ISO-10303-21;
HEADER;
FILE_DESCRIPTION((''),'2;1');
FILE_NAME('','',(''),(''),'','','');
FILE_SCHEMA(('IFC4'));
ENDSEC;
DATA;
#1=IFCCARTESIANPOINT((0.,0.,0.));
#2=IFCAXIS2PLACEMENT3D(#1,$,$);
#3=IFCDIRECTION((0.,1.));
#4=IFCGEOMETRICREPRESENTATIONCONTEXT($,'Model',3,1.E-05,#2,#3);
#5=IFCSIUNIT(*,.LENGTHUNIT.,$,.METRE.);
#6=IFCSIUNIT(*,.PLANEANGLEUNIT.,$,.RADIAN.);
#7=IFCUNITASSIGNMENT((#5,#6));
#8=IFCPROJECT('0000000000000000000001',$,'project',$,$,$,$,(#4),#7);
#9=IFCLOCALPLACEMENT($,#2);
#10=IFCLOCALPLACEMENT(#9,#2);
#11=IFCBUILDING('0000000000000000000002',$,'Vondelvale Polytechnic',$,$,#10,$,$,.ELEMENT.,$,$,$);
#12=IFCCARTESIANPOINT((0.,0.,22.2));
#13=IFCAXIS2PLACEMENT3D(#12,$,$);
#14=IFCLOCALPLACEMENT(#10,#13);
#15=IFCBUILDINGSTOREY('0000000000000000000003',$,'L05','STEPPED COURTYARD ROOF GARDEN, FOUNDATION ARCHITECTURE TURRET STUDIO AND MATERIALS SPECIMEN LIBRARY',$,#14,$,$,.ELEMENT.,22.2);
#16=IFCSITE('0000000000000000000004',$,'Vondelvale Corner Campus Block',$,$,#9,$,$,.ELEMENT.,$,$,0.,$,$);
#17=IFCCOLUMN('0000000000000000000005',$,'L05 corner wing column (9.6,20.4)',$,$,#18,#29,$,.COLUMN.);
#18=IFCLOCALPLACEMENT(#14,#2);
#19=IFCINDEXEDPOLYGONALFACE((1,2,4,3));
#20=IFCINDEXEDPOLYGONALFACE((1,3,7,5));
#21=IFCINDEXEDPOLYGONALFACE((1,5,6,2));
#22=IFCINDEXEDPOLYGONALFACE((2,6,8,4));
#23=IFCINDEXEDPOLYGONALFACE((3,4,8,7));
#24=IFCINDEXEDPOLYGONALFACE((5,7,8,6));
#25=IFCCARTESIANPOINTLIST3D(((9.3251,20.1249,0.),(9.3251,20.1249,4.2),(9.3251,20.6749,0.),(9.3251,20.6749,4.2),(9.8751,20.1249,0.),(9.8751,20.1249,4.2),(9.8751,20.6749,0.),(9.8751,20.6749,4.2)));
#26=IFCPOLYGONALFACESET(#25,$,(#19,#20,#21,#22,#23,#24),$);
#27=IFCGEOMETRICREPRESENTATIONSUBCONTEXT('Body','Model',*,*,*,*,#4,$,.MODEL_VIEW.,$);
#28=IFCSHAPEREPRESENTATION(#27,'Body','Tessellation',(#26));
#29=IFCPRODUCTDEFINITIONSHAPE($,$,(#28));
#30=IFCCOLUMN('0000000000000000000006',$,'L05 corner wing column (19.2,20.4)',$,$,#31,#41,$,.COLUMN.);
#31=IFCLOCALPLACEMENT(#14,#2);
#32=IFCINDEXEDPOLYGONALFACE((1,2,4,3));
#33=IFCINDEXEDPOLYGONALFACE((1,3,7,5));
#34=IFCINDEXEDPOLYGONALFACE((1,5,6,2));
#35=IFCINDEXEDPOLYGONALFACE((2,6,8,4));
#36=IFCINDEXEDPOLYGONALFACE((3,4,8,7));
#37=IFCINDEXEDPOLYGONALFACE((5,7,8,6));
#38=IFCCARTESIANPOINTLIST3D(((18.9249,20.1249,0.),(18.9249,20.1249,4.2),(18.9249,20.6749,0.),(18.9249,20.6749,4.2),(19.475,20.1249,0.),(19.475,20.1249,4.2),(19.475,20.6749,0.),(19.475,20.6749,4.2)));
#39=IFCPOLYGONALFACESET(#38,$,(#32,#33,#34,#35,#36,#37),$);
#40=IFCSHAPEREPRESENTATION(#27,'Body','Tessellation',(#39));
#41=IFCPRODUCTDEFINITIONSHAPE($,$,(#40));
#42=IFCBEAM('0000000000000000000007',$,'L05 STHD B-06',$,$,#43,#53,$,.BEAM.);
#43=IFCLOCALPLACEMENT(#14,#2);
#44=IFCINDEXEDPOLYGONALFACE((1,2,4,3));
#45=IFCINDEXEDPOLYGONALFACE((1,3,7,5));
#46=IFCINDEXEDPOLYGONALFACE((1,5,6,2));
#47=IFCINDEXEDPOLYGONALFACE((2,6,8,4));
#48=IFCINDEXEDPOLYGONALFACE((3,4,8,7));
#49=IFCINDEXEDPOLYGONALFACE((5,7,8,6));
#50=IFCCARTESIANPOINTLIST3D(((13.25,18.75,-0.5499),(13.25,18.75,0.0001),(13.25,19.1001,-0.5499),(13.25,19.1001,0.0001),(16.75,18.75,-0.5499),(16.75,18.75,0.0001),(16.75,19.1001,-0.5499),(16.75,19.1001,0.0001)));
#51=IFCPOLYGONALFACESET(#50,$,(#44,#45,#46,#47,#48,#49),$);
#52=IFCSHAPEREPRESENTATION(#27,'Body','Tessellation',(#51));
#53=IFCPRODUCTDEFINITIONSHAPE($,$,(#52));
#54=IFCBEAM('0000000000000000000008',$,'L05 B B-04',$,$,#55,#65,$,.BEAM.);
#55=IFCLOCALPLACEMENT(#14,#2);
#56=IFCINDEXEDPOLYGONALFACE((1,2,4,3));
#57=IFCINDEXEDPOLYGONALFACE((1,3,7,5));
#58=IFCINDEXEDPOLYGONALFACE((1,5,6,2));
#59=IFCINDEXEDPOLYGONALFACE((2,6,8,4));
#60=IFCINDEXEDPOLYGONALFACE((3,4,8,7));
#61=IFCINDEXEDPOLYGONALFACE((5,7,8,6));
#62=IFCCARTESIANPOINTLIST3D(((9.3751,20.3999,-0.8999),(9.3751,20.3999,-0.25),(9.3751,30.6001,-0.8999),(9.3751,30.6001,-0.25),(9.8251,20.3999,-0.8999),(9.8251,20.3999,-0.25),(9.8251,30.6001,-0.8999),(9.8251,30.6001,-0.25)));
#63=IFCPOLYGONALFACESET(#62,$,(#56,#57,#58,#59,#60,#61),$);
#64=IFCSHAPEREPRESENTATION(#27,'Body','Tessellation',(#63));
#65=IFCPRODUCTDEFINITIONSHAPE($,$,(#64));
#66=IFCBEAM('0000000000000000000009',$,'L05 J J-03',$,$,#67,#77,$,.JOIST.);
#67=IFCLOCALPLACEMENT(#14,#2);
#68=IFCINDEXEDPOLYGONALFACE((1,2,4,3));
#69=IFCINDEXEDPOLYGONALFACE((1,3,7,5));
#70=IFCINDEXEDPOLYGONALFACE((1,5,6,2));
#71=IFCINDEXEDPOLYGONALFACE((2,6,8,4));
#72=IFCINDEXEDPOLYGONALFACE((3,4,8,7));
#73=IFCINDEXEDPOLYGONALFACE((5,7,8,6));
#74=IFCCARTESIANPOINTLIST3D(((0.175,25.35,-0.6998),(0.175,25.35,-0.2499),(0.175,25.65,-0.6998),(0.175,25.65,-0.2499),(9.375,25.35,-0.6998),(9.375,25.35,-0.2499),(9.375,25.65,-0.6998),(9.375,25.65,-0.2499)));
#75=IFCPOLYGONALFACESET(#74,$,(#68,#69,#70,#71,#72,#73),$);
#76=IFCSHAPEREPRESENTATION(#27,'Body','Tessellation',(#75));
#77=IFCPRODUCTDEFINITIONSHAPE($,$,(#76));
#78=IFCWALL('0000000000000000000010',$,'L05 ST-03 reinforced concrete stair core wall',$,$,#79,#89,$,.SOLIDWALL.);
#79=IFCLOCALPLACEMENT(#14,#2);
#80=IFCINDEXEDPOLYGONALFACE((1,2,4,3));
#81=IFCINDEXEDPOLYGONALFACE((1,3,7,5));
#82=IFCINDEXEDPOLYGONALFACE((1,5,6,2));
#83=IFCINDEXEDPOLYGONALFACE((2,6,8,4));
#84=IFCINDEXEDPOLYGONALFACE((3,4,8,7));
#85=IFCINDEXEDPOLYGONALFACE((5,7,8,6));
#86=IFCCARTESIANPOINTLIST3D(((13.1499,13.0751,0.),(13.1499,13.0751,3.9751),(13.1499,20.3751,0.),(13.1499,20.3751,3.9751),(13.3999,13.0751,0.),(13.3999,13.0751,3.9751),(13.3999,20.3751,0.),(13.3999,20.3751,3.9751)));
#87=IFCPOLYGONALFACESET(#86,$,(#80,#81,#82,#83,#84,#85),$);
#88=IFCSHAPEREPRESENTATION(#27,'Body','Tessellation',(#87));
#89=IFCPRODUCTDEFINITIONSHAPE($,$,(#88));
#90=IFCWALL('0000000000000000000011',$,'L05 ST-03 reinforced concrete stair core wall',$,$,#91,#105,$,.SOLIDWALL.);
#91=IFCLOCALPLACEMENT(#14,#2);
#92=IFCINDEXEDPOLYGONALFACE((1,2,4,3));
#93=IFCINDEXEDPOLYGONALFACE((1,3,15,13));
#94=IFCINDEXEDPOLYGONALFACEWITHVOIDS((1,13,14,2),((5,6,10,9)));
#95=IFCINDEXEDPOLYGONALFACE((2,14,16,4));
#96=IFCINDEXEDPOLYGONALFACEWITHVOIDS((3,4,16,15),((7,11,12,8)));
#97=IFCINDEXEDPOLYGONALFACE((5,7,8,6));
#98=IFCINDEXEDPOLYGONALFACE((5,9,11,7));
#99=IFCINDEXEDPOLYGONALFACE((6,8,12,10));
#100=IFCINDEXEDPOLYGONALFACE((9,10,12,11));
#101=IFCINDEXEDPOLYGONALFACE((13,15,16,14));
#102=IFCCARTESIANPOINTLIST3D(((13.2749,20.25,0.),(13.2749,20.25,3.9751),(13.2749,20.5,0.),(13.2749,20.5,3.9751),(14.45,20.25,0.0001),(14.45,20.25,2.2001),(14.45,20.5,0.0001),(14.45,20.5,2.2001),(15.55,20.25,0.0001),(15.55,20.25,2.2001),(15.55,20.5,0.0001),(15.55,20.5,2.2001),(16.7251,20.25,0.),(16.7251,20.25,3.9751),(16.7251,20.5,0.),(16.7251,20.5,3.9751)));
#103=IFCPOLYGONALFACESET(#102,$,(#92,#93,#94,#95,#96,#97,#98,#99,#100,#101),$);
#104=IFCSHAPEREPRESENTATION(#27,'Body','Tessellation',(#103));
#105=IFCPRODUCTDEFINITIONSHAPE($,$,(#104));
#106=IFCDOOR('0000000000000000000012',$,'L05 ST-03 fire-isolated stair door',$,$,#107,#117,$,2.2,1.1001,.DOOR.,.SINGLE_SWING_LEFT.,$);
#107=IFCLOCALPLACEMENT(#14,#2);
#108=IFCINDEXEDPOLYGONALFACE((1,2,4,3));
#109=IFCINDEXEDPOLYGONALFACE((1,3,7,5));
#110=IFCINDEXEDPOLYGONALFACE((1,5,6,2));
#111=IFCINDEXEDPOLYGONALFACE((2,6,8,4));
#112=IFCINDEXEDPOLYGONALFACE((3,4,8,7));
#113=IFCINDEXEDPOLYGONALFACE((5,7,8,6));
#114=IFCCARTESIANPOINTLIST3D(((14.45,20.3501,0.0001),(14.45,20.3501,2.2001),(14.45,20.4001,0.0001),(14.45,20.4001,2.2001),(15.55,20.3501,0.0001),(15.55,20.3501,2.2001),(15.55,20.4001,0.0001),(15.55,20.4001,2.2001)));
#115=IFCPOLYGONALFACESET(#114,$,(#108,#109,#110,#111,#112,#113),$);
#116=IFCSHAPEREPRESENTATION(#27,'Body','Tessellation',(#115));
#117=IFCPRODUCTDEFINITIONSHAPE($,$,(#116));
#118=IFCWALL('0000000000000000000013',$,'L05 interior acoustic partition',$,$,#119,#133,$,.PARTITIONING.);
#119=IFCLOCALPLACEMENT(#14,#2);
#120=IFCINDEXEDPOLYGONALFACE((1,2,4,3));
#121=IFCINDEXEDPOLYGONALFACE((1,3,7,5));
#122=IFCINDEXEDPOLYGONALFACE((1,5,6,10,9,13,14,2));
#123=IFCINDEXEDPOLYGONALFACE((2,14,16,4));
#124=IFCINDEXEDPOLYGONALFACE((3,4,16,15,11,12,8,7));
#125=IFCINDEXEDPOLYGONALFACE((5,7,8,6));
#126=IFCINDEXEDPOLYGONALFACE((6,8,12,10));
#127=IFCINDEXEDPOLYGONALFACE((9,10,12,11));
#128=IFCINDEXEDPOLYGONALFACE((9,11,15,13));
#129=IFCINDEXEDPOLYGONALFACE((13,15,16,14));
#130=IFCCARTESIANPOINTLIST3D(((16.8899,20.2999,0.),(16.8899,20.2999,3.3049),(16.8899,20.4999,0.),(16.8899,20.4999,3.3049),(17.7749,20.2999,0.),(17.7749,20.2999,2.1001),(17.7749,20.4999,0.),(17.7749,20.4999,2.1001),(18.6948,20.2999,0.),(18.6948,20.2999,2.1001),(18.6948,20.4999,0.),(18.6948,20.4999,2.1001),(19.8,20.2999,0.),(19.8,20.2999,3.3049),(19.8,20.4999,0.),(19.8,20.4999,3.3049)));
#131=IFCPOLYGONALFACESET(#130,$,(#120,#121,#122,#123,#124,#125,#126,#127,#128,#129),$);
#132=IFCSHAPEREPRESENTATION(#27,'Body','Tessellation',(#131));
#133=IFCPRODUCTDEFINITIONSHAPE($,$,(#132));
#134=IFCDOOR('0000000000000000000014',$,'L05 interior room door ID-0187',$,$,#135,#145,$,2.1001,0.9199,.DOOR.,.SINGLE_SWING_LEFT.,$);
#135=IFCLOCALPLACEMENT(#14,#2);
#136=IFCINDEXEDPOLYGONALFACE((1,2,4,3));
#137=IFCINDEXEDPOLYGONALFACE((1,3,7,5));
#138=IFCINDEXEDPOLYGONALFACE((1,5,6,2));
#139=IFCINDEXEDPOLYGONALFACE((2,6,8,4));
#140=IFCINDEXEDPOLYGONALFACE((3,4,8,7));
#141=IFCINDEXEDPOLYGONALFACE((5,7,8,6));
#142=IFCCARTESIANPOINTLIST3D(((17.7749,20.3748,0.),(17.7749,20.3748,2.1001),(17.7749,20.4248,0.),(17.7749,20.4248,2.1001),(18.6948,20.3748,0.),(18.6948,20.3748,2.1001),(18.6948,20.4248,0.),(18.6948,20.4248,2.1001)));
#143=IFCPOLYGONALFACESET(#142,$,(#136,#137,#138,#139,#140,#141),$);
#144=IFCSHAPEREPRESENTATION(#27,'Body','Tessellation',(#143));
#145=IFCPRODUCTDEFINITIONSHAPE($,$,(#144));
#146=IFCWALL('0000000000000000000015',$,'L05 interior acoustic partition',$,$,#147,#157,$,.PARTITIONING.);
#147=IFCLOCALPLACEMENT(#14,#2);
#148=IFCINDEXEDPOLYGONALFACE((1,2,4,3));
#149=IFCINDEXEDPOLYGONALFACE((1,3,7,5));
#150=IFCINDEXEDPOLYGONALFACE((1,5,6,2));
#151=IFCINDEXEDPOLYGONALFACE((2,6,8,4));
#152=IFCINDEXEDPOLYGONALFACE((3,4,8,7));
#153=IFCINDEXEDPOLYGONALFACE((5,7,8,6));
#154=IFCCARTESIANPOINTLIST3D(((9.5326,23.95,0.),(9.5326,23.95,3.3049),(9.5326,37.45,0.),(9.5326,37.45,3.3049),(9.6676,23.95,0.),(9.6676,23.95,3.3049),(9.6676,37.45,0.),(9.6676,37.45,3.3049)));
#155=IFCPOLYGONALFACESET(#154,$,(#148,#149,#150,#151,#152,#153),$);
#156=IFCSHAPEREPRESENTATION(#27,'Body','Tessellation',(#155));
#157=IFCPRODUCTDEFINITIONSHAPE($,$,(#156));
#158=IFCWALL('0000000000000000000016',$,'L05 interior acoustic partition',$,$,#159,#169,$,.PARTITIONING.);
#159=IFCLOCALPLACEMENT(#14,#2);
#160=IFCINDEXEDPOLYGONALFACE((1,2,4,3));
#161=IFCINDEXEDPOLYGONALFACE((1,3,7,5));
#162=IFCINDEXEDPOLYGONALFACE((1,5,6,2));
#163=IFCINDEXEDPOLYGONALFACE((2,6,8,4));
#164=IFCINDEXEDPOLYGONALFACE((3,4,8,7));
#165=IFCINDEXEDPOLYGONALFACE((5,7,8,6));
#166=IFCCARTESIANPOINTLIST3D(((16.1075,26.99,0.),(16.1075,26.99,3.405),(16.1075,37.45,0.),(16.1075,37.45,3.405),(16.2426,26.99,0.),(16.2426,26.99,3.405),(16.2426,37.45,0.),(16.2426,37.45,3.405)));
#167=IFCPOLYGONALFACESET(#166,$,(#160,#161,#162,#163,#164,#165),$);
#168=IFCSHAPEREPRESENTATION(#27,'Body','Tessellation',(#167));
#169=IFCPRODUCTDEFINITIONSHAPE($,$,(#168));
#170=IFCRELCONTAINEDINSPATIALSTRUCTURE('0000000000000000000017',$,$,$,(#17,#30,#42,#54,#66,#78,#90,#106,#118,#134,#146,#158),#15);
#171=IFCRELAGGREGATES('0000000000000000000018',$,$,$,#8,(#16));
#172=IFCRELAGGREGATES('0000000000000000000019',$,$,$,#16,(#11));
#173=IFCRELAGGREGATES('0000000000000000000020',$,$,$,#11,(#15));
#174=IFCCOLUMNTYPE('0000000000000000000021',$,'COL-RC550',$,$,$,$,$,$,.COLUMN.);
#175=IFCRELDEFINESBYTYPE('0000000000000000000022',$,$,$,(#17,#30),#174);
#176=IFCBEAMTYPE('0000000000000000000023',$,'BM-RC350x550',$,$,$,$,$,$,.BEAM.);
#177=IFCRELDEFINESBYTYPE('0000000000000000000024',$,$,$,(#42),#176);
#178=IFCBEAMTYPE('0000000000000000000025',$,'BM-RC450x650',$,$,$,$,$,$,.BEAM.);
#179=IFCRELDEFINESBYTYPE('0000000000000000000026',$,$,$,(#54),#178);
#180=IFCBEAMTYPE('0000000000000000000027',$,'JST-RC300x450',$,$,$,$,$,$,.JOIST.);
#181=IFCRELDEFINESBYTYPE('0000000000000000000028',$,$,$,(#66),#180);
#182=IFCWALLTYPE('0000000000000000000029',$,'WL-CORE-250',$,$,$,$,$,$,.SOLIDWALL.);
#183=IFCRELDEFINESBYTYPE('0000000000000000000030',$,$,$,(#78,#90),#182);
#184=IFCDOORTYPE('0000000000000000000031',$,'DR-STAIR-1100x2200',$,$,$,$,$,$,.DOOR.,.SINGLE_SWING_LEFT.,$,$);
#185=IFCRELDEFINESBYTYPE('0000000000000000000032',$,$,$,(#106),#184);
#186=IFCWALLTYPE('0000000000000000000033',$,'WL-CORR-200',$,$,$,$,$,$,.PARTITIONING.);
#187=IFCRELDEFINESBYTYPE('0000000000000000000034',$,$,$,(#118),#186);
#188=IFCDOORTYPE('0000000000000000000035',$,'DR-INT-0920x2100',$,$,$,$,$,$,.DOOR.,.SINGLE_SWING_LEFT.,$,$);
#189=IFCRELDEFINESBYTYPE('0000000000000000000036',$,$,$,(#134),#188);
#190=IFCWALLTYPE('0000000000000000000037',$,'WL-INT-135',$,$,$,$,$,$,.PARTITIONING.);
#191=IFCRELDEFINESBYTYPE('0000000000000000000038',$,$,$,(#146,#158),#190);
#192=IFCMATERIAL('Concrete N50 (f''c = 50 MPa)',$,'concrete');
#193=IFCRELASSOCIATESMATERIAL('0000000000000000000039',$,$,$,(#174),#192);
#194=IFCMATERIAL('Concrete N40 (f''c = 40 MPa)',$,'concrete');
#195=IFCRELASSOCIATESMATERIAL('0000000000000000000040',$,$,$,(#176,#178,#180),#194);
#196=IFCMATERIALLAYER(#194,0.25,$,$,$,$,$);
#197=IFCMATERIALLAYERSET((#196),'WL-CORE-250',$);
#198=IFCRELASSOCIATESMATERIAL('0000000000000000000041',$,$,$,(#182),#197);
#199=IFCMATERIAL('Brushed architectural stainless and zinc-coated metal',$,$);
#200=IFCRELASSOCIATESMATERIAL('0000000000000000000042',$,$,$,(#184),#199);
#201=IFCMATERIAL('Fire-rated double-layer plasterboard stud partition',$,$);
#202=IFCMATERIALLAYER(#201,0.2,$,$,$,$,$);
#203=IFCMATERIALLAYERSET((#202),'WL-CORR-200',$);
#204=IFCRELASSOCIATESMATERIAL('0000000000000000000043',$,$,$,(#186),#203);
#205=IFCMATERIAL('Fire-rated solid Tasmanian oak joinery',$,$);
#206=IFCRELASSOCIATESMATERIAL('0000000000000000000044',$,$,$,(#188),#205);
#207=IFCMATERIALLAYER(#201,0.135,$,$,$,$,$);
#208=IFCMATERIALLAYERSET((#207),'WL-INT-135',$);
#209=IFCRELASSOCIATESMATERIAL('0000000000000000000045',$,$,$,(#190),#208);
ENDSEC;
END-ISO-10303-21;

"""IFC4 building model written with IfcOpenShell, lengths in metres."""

from ifc_helpers import new_model, si_unit, direction, frame, frame_2d, origin, origin_2d, place, context, subcontext, project, spatial, rectangle, extrude, material, layer, layer_set, material_profile, profile_set, type_object, element, fill, save


model = new_model("IFC4")

# Units and contexts
model_context = context("Model", 3, precision=1e-05, world=origin(), true_north=direction((0.0, 1.0)))
body_context = subcontext(model_context, "Body", "Model", "MODEL_VIEW")
ifc_project = project(units=[si_unit("LENGTHUNIT", "METRE"), si_unit("PLANEANGLEUNIT", "RADIAN")], contexts=[model_context])

# Site, building, storey
site_placement = place(None, origin())
site = spatial("IfcSite", under=ifc_project, at=site_placement, Name="Vondelvale Corner Campus Block", CompositionType="ELEMENT", RefElevation=0.0)
building_placement = place(site_placement, origin())
building = spatial("IfcBuilding", under=site, at=building_placement, Name="Vondelvale Polytechnic", CompositionType="ELEMENT")
storey_placement = place(building_placement, frame((0.0, 0.0, 22.2)))
storey = spatial("IfcBuildingStorey", under=building, at=storey_placement, Name="L05", Description="STEPPED COURTYARD ROOF GARDEN, FOUNDATION ARCHITECTURE TURRET STUDIO AND MATERIALS SPECIMEN LIBRARY", CompositionType="ELEMENT", Elevation=22.2)

# Columns
ifc_material_1 = material(Name="Concrete N50 (f'c = 50 MPa)", Category="concrete")
ifc_material_profile_1 = material_profile(ifc_material_1, rectangle(XDim=0.55, YDim=0.55, at=origin_2d()), Name="RC-COL-550x550")
ifc_profile_set_1 = profile_set([ifc_material_profile_1], Name="Concrete N50 (f'c = 50 MPa)")
column_type = type_object("IfcColumnType", Name="COL-RC550", PredefinedType="COLUMN", material=ifc_profile_set_1)
for number, where, z_axis, x_axis, name in (
    (1, (9.6001, 20.3999, 0.0), (0.0, 0.0, 1.0), (1.0, 0.0, 0.0), "L05 corner wing column (9.6,20.4)"),
    (2, (19.2, 20.3999, 0.0), (0.0, 0.0, 1.0), (1.0, 0.0, 0.0), "L05 corner wing column (19.2,20.4)"),
):
    element("IfcColumn", number, at=place(storey_placement, frame(where, z_axis=z_axis, x_axis=x_axis)), inside=storey, type_object=column_type, Name=name, PredefinedType="COLUMN", context=body_context, shape_type="SweptSolid", body=[
        extrude(rectangle(XDim=0.55, YDim=0.55, at=origin_2d()), origin(), (0.0, 0.0, 1.0), 4.2),
    ])

# Beams
ifc_material_2 = material(Name="Concrete N40 (f'c = 40 MPa)", Category="concrete")
ifc_material_profile_2 = material_profile(ifc_material_2, rectangle(XDim=0.3501, YDim=0.55, at=origin_2d()), Name="RC-BM-350x550")
ifc_profile_set_2 = profile_set([ifc_material_profile_2], Name="Concrete N40 (f'c = 40 MPa)")
beam_type_1 = type_object("IfcBeamType", Name="BM-RC350x550", PredefinedType="BEAM", material=ifc_profile_set_2)
beam_1_placement = place(storey_placement, frame((13.25, 18.925, -0.2749), z_axis=(1.0, 0.0, 0.0), x_axis=(0.0, 1.0, 0.0)))
element("IfcBeam", 3, at=beam_1_placement, inside=storey, type_object=beam_type_1, Name="L05 STHD B-06", PredefinedType="BEAM", context=body_context, shape_type="SweptSolid", body=[
    extrude(rectangle(XDim=0.3501, YDim=0.55, at=origin_2d()), origin(), (0.0, 0.0, 1.0), 3.5),
])
ifc_material_profile_3 = material_profile(ifc_material_2, rectangle(XDim=0.45, YDim=0.6499, at=origin_2d()), Name="RC-BM-450x650")
ifc_profile_set_3 = profile_set([ifc_material_profile_3], Name="Concrete N40 (f'c = 40 MPa)")
beam_type_2 = type_object("IfcBeamType", Name="BM-RC450x650", PredefinedType="BEAM", material=ifc_profile_set_3)
beam_2_placement = place(storey_placement, frame((9.6001, 20.3999, -0.575), z_axis=(0.0, 1.0, 0.0), x_axis=(-1.0, 0.0, 0.0)))
element("IfcBeam", 4, at=beam_2_placement, inside=storey, type_object=beam_type_2, Name="L05 B B-04", PredefinedType="BEAM", context=body_context, shape_type="SweptSolid", body=[
    extrude(rectangle(XDim=0.45, YDim=0.6499, at=origin_2d()), origin(), (0.0, 0.0, 1.0), 10.2002),
])
ifc_material_profile_4 = material_profile(ifc_material_2, rectangle(XDim=0.3, YDim=0.45, at=origin_2d()), Name="RC-JST-300x450")
ifc_profile_set_4 = profile_set([ifc_material_profile_4], Name="Concrete N40 (f'c = 40 MPa)")
beam_type_3 = type_object("IfcBeamType", Name="JST-RC300x450", PredefinedType="JOIST", material=ifc_profile_set_4)
beam_3_placement = place(storey_placement, frame((0.175, 25.5, -0.4749), z_axis=(1.0, 0.0, 0.0), x_axis=(0.0, 1.0, 0.0)))
element("IfcBeam", 5, at=beam_3_placement, inside=storey, type_object=beam_type_3, Name="L05 J J-03", PredefinedType="JOIST", context=body_context, shape_type="SweptSolid", body=[
    extrude(rectangle(XDim=0.3, YDim=0.45, at=origin_2d()), origin(), (0.0, 0.0, 1.0), 9.2),
])

# Wall
ifc_layer_1 = layer(ifc_material_2, 0.25)
ifc_layer_set_1 = layer_set([ifc_layer_1], Name="WL-CORE-250")
wall_type_1 = type_object("IfcWallType", Name="WL-CORE-250", PredefinedType="SOLIDWALL", material=ifc_layer_set_1)
wall_1_placement = place(storey_placement, frame((13.2749, 20.375, 0.0), z_axis=(0.0, 0.0, 1.0), x_axis=(0.0, -1.0, 0.0)))
element("IfcWall", 6, at=wall_1_placement, inside=storey, type_object=wall_type_1, Name="L05 ST-03 reinforced concrete stair core wall", PredefinedType="SOLIDWALL", context=body_context, shape_type="SweptSolid", body=[
    extrude(rectangle(XDim=7.3, YDim=0.25, at=frame_2d((3.6499, 0.0))), origin(), (0.0, 0.0, 1.0), 3.9751),
])

# Walls, openings, doors
wall_2_placement = place(storey_placement, frame((16.7251, 20.375, 0.0), z_axis=(0.0, 0.0, 1.0), x_axis=(-1.0, 0.0, 0.0)))
wall_2 = element("IfcWall", 7, at=wall_2_placement, inside=storey, type_object=wall_type_1, Name="L05 ST-03 reinforced concrete stair core wall", PredefinedType="SOLIDWALL", context=body_context, shape_type="SweptSolid", body=[
    extrude(rectangle(XDim=3.4502, YDim=0.25, at=frame_2d((1.7251, 0.0))), origin(), (0.0, 0.0, 1.0), 3.9751),
])
opening_1_placement = place(wall_2_placement, frame((1.175, 0.0, 0.0)))
opening_1 = element("IfcOpeningElement", 8, at=opening_1_placement, cuts=wall_2, PredefinedType="OPENING", context=body_context, shape_type="SweptSolid", body=[
    extrude(rectangle(XDim=1.1001, YDim=2.2, at=frame_2d((0.55, 1.1001))), frame((0.0, 0.135, 0.0), z_axis=(0.0, -1.0, 0.0), x_axis=(1.0, 0.0, 0.0)), (0.0, 0.0, 1.0), 0.27),
])
ifc_material_3 = material(Name="Brushed architectural stainless and zinc-coated metal")
door_type_1 = type_object("IfcDoorType", Name="DR-STAIR-1100x2200", OperationType="SINGLE_SWING_LEFT", PredefinedType="DOOR", material=ifc_material_3)
door_1_placement = place(opening_1_placement, origin())
door_1 = element("IfcDoor", 9, at=door_1_placement, inside=storey, type_object=door_type_1, Name="L05 ST-03 fire-isolated stair door", OperationType="SINGLE_SWING_LEFT", OverallHeight=2.2, OverallWidth=1.1001, PredefinedType="DOOR", context=body_context, shape_type="SweptSolid", body=[
    extrude(rectangle(XDim=1.1001, YDim=2.2, at=frame_2d((0.55, 1.1001))), frame((0.0, 0.0249, 0.0), z_axis=(0.0, -1.0, 0.0), x_axis=(1.0, 0.0, 0.0)), (0.0, 0.0, 1.0), 0.05),
])
fill(opening_1, door_1)
ifc_material_4 = material(Name="Fire-rated double-layer plasterboard stud partition")
ifc_layer_2 = layer(ifc_material_4, 0.2)
ifc_layer_set_2 = layer_set([ifc_layer_2], Name="WL-CORR-200")
wall_type_2 = type_object("IfcWallType", Name="WL-CORR-200", PredefinedType="PARTITIONING", material=ifc_layer_set_2)
wall_3_placement = place(storey_placement, frame((16.8899, 20.3999, 0.0), z_axis=(0.0, 0.0, 1.0), x_axis=(1.0, 0.0, 0.0)))
wall_3 = element("IfcWall", 10, at=wall_3_placement, inside=storey, type_object=wall_type_2, Name="L05 interior acoustic partition", PredefinedType="PARTITIONING", context=body_context, shape_type="SweptSolid", body=[
    extrude(rectangle(XDim=2.9102, YDim=0.2, at=frame_2d((1.4551, 0.0))), origin(), (0.0, 0.0, 1.0), 3.3049),
])
opening_2_placement = place(wall_3_placement, frame((0.885, 0.0, 0.0)))
opening_2 = element("IfcOpeningElement", 11, at=opening_2_placement, cuts=wall_3, PredefinedType="OPENING", context=body_context, shape_type="SweptSolid", body=[
    extrude(rectangle(XDim=0.9199, YDim=2.1001, at=frame_2d((0.46, 1.05))), frame((0.0, 0.1099, 0.0), z_axis=(0.0, -1.0, 0.0), x_axis=(1.0, 0.0, 0.0)), (0.0, 0.0, 1.0), 0.22),
])
ifc_material_5 = material(Name="Fire-rated solid Tasmanian oak joinery")
door_type_2 = type_object("IfcDoorType", Name="DR-INT-0920x2100", OperationType="SINGLE_SWING_LEFT", PredefinedType="DOOR", material=ifc_material_5)
door_2_placement = place(opening_2_placement, origin())
door_2 = element("IfcDoor", 12, at=door_2_placement, inside=storey, type_object=door_type_2, Name="L05 interior room door ID-0187", OperationType="SINGLE_SWING_LEFT", OverallHeight=2.1001, OverallWidth=0.9199, PredefinedType="DOOR", context=body_context, shape_type="SweptSolid", body=[
    extrude(rectangle(XDim=0.9199, YDim=2.1001, at=frame_2d((0.46, 1.05))), frame((0.0, 0.0249, 0.0), z_axis=(0.0, -1.0, 0.0), x_axis=(1.0, 0.0, 0.0)), (0.0, 0.0, 1.0), 0.05),
])
fill(opening_2, door_2)

# Walls
ifc_layer_3 = layer(ifc_material_4, 0.135)
ifc_layer_set_3 = layer_set([ifc_layer_3], Name="WL-INT-135")
wall_type_3 = type_object("IfcWallType", Name="WL-INT-135", PredefinedType="PARTITIONING", material=ifc_layer_set_3)
wall_4_placement = place(storey_placement, frame((9.6001, 23.95, 0.0), z_axis=(0.0, 0.0, 1.0), x_axis=(0.0, 1.0, 0.0)))
element("IfcWall", 13, at=wall_4_placement, inside=storey, type_object=wall_type_3, Name="L05 interior acoustic partition", PredefinedType="PARTITIONING", context=body_context, shape_type="SweptSolid", body=[
    extrude(rectangle(XDim=13.5, YDim=0.135, at=frame_2d((6.75, 0.0))), origin(), (0.0, 0.0, 1.0), 3.3049),
])
wall_5_placement = place(storey_placement, frame((16.175, 26.99, 0.0), z_axis=(0.0, 0.0, 1.0), x_axis=(0.0, 1.0, 0.0)))
element("IfcWall", 14, at=wall_5_placement, inside=storey, type_object=wall_type_3, Name="L05 interior acoustic partition", PredefinedType="PARTITIONING", context=body_context, shape_type="SweptSolid", body=[
    extrude(rectangle(XDim=10.46, YDim=0.135, at=frame_2d((5.23, 0.0))), origin(), (0.0, 0.0, 1.0), 3.405),
])

save(model, "model.ifc")
